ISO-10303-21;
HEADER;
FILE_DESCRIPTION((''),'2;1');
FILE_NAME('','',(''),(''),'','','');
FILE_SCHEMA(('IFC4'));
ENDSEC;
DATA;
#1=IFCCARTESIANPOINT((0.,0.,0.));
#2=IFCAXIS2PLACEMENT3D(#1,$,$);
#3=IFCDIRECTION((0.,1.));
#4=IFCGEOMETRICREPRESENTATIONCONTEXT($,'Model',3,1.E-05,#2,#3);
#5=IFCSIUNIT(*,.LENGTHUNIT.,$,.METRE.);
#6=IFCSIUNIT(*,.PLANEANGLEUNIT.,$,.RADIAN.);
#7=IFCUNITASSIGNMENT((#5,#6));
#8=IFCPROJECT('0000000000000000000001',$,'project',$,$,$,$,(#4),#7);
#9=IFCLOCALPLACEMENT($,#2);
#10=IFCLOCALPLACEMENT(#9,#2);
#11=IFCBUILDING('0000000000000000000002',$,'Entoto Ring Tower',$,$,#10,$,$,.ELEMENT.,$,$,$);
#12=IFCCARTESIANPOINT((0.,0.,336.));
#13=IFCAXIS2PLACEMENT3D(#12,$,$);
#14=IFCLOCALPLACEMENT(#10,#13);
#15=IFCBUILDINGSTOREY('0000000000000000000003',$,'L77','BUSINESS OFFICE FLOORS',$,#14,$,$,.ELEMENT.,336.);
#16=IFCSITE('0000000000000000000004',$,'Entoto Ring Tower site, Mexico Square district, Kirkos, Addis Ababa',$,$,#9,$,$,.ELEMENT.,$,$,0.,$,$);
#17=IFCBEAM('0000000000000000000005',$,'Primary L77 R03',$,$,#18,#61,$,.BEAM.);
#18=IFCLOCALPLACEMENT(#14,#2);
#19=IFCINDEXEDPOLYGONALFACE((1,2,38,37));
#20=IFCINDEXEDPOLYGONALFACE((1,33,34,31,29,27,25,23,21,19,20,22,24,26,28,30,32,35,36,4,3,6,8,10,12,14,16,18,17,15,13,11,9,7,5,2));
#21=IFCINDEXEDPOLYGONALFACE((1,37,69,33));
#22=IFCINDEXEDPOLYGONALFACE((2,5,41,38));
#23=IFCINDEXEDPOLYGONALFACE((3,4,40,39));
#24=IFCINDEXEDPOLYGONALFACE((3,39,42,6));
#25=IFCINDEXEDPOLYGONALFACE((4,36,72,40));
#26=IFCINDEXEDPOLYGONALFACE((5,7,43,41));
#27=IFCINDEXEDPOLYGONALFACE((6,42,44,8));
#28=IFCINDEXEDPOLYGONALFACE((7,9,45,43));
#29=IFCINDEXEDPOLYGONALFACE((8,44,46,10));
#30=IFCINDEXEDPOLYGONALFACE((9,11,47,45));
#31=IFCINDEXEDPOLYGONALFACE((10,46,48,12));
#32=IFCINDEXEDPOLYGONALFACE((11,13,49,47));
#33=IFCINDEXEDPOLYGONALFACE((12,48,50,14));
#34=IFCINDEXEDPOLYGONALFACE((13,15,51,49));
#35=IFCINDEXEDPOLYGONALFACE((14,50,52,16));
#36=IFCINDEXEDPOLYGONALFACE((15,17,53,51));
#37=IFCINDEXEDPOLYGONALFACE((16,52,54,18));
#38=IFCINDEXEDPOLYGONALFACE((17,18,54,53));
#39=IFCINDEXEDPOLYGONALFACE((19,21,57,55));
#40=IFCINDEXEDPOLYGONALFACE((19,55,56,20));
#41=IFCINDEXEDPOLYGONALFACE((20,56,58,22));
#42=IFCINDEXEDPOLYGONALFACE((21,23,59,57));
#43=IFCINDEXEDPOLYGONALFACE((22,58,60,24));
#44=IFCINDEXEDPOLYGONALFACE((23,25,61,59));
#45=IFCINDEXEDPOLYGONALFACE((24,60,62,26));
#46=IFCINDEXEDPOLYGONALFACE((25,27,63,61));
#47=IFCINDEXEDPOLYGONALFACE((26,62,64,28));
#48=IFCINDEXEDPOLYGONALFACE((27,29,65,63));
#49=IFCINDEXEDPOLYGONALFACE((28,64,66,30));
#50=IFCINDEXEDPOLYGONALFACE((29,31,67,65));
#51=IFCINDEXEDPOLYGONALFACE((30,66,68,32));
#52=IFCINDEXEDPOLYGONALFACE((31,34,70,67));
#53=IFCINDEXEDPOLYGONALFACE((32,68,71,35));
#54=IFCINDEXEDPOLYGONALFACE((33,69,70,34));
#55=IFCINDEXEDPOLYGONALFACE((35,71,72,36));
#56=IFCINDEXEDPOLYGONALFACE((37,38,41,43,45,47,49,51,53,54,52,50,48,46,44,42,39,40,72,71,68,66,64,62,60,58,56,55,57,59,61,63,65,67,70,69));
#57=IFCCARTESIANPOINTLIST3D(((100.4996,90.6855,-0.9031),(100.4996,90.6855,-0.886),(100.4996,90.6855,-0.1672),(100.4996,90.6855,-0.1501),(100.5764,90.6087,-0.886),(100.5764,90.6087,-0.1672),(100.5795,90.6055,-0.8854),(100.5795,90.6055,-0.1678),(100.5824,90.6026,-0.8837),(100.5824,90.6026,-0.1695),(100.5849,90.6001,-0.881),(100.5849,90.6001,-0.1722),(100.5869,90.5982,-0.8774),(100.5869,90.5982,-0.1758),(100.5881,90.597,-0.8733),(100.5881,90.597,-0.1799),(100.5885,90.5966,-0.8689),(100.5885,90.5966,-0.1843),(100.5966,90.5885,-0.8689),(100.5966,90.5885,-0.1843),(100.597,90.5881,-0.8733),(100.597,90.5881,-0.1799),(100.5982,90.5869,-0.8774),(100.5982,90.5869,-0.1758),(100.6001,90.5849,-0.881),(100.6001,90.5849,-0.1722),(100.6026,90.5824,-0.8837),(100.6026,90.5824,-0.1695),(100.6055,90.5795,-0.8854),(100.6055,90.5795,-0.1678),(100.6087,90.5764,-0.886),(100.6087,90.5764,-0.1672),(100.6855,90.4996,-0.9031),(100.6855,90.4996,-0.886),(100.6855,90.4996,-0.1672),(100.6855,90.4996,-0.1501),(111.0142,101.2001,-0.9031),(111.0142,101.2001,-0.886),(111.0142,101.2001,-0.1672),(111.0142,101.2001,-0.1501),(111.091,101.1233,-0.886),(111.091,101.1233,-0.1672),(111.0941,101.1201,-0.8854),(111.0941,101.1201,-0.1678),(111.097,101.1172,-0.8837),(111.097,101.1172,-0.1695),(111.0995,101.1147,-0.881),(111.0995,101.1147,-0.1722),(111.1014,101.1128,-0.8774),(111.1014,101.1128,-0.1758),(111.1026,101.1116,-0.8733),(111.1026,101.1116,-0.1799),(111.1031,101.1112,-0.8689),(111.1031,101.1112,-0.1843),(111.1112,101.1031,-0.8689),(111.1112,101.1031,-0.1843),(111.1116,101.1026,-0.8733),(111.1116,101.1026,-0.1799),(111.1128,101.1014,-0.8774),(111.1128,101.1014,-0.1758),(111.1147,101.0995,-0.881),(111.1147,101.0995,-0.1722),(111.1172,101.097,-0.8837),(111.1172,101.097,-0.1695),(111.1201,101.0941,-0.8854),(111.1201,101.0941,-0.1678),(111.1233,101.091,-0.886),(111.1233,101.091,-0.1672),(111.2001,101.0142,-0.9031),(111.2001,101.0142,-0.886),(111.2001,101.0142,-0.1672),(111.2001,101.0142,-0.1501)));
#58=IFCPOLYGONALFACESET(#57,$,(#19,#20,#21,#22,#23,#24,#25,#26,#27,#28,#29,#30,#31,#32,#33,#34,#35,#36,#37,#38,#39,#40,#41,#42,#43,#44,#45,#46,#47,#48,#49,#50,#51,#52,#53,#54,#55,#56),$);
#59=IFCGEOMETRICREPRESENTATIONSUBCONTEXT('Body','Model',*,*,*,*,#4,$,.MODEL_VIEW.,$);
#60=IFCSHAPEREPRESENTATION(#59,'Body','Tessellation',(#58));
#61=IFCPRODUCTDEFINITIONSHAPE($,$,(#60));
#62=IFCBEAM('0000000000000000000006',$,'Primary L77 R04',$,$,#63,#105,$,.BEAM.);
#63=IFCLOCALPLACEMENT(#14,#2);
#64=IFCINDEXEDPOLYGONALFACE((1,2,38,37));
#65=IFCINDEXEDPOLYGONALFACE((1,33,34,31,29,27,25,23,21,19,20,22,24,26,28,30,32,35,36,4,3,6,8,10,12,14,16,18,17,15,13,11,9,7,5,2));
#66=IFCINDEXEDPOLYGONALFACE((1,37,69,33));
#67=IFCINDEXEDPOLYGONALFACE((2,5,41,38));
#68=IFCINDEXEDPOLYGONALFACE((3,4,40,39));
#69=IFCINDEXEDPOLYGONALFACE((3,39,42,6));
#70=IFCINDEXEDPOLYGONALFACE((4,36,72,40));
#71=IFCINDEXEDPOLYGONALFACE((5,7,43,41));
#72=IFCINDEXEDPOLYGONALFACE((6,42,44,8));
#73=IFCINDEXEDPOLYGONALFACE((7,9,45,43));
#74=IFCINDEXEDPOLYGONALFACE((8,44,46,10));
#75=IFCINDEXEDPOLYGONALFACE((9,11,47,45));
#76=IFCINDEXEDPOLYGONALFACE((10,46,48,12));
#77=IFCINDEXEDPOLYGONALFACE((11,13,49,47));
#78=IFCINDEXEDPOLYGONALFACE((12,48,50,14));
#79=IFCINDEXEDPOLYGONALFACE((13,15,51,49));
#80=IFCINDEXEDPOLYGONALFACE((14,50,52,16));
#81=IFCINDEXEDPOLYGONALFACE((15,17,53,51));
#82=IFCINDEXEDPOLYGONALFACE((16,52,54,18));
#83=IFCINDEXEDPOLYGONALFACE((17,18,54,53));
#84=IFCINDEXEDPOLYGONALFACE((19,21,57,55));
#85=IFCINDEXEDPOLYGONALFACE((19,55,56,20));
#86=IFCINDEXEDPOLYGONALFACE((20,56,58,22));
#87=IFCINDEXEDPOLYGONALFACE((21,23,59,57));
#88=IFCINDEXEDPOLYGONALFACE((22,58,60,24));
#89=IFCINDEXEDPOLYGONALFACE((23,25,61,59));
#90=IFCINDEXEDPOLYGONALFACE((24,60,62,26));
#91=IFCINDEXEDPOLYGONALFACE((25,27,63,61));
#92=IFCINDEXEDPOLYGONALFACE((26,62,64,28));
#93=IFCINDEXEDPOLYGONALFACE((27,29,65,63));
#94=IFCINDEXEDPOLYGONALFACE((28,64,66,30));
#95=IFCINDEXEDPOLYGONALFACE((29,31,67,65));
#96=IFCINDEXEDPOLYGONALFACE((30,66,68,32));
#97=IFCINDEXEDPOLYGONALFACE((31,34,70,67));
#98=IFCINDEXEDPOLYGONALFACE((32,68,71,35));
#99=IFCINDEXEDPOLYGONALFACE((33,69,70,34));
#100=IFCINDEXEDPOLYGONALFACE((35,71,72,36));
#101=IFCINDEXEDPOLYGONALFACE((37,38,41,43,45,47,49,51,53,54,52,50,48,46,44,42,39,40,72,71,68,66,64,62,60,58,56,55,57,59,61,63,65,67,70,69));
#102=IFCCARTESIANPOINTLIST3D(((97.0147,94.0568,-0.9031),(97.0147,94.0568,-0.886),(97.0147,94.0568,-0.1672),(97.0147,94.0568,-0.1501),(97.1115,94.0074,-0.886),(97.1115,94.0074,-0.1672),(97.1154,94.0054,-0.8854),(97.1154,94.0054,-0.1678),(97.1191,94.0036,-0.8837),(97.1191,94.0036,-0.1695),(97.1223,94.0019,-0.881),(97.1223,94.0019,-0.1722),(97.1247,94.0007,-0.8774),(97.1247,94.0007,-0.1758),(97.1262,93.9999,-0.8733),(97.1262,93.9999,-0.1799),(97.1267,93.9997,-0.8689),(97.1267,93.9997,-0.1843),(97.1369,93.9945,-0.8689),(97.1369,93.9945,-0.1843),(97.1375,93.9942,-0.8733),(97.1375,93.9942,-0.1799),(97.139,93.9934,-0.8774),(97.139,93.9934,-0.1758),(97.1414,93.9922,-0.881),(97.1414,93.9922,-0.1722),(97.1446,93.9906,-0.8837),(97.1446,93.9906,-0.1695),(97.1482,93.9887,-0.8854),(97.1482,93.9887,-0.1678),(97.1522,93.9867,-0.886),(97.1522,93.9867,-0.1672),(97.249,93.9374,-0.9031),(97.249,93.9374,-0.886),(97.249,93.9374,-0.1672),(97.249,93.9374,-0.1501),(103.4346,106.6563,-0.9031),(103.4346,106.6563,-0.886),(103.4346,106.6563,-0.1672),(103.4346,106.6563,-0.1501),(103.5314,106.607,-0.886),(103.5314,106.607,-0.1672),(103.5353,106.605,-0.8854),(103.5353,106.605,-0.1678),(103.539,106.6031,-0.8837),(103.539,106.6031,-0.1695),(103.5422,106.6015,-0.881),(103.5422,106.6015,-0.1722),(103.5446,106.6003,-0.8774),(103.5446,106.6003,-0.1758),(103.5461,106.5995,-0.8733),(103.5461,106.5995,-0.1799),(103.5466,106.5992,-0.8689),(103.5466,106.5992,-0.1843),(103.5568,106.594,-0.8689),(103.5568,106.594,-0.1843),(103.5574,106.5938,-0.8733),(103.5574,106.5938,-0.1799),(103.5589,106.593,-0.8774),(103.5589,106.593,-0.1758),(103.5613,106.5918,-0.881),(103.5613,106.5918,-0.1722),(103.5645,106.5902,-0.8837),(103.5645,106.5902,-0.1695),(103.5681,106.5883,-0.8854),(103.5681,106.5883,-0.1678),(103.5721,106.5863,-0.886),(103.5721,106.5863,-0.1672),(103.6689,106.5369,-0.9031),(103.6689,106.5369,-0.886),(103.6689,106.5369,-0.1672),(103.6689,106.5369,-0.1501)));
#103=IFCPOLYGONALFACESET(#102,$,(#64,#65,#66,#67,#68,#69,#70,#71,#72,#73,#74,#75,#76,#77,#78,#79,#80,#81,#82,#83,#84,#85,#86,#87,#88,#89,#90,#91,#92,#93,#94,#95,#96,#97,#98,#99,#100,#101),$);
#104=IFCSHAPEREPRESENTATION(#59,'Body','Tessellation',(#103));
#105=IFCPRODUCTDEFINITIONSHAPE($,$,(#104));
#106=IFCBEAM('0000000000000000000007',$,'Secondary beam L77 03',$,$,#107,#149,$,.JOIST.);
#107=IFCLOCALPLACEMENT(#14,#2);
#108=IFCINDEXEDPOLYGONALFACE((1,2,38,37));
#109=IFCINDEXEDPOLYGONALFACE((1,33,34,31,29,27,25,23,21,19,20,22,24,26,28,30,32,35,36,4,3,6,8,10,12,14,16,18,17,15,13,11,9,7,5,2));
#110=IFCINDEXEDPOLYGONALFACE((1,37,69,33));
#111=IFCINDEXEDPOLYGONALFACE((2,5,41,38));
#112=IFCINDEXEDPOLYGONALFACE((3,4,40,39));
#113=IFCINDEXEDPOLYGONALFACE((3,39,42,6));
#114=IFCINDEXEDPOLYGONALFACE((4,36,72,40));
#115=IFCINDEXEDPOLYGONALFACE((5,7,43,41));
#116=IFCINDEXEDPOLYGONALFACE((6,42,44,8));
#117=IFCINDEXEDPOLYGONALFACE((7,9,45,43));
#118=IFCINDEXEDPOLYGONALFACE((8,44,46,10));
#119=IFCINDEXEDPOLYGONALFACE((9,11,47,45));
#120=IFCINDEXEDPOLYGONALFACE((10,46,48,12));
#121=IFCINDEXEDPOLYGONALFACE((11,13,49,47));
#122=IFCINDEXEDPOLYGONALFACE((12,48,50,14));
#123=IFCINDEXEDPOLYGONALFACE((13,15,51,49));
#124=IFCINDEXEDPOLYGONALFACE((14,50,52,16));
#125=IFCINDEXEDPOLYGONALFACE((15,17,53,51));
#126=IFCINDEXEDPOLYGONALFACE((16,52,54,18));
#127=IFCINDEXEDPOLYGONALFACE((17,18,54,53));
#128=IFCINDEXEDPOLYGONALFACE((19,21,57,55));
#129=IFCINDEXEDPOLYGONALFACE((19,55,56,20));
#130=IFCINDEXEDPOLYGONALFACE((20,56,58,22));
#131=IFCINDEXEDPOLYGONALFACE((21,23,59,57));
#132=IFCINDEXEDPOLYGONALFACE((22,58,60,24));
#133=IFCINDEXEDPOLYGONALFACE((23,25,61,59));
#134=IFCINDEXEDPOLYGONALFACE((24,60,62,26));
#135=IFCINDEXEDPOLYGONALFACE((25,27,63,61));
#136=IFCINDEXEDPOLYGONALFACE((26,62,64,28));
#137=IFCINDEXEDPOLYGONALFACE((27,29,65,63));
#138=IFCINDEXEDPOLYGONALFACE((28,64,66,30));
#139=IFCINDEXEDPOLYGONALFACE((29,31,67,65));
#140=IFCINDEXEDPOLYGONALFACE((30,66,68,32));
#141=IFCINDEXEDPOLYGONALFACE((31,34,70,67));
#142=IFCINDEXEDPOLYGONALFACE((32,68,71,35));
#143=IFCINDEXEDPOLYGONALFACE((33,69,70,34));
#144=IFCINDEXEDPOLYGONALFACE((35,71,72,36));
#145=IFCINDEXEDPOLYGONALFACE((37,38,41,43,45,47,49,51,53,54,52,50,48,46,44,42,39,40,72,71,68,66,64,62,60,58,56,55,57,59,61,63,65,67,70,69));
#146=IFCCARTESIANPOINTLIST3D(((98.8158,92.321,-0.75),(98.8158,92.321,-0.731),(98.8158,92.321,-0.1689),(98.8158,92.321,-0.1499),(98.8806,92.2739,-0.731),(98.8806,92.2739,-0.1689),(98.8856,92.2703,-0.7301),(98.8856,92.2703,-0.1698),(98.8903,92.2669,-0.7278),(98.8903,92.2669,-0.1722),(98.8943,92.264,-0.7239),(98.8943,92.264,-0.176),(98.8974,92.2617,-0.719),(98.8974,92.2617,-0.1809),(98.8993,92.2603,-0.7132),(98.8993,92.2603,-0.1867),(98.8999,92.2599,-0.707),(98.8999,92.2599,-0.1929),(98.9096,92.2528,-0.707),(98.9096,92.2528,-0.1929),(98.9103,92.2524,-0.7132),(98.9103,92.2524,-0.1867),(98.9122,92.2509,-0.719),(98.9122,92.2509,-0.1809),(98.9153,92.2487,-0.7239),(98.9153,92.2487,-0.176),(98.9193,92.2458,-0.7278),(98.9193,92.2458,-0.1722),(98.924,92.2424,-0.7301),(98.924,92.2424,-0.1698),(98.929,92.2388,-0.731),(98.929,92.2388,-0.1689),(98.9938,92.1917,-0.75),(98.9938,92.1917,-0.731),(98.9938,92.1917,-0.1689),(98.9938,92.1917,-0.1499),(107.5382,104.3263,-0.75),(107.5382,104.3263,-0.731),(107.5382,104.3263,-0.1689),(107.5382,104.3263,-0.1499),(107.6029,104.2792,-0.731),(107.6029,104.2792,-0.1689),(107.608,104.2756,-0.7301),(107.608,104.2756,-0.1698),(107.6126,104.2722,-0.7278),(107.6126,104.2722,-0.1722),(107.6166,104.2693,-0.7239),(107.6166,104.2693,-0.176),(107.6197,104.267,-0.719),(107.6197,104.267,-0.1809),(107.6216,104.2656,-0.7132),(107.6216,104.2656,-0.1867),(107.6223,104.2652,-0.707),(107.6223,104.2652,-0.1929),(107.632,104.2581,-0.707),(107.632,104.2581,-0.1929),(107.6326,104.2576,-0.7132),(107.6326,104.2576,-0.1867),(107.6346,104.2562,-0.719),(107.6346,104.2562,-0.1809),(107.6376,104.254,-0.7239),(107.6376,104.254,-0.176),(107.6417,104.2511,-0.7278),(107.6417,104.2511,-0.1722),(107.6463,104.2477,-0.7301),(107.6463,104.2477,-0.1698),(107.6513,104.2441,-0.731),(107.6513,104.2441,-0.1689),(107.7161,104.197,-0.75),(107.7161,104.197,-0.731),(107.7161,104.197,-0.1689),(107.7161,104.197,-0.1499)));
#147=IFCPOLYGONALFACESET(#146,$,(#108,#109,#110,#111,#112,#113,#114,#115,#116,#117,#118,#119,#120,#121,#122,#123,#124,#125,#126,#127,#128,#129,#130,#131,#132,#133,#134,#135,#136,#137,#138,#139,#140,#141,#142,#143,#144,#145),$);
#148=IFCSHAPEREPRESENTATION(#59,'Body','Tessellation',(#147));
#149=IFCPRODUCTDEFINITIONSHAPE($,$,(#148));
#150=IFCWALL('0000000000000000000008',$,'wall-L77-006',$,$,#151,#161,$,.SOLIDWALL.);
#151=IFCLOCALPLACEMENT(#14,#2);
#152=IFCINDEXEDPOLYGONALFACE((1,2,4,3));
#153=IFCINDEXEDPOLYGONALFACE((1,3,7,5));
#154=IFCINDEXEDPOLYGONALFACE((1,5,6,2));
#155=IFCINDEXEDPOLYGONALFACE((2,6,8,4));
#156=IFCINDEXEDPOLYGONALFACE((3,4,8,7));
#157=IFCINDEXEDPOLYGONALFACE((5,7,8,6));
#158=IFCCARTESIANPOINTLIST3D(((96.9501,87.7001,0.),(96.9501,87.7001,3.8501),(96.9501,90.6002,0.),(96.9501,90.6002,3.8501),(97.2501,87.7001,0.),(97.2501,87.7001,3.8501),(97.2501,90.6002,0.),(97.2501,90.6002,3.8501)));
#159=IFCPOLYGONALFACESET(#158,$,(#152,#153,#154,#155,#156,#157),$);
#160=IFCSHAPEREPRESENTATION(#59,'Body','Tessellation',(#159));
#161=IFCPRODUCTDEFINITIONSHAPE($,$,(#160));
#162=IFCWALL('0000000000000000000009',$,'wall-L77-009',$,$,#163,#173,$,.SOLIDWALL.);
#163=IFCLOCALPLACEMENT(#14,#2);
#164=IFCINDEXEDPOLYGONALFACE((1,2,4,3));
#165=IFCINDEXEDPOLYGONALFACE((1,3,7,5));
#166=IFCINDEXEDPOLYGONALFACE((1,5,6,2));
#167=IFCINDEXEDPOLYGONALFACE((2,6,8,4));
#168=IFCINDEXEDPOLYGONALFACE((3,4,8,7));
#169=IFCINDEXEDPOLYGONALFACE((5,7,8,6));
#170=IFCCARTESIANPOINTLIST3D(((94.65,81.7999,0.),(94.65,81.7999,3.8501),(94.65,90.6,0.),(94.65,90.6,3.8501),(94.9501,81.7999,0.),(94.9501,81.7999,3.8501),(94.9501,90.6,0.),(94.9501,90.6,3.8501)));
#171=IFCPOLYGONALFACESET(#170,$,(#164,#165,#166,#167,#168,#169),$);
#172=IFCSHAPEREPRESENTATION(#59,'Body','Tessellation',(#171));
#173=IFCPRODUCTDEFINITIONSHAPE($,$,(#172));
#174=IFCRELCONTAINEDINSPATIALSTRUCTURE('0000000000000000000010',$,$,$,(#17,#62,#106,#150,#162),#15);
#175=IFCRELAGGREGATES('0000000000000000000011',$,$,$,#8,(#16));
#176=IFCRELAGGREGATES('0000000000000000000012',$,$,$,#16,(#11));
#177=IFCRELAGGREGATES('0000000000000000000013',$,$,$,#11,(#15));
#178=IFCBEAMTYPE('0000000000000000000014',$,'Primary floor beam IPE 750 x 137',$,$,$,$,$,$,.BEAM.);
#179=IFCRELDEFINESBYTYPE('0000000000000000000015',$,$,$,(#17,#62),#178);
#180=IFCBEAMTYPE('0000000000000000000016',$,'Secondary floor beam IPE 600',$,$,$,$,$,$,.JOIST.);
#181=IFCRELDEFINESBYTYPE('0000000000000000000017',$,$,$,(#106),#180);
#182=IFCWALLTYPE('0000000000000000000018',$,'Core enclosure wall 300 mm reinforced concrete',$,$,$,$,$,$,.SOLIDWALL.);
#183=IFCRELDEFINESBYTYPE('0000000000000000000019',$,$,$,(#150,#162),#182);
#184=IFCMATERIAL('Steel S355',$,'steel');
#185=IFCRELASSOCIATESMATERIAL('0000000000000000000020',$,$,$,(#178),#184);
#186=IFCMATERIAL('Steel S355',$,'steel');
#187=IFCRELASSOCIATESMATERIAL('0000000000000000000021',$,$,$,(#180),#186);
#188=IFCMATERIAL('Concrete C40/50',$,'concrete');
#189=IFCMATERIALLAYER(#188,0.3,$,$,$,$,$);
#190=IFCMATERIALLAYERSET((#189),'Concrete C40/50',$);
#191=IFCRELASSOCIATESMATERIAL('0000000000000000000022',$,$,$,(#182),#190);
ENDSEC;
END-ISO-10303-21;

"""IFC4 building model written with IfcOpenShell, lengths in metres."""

from ifc_helpers import new_model, si_unit, direction, frame, frame_2d, origin, origin_2d, place, context, subcontext, project, spatial, rectangle, i_section, extrude, material, layer, layer_set, material_profile, profile_set, type_object, element, save


model = new_model("IFC4")

# Units and contexts
model_context = context("Model", 3, precision=1e-05, world=origin(), true_north=direction((0.0, 1.0)))
body_context = subcontext(model_context, "Body", "Model", "MODEL_VIEW")
ifc_project = project(units=[si_unit("LENGTHUNIT", "METRE"), si_unit("PLANEANGLEUNIT", "RADIAN")], contexts=[model_context])

# Site, building, storey
site_placement = place(None, origin())
site = spatial("IfcSite", under=ifc_project, at=site_placement, Name="Entoto Ring Tower site, Mexico Square district, Kirkos, Addis Ababa", CompositionType="ELEMENT", RefElevation=0.0)
building_placement = place(site_placement, origin())
building = spatial("IfcBuilding", under=site, at=building_placement, Name="Entoto Ring Tower", CompositionType="ELEMENT")
storey_placement = place(building_placement, frame((0.0, 0.0, 336.0)))
storey = spatial("IfcBuildingStorey", under=building, at=storey_placement, Name="L77", Description="BUSINESS OFFICE FLOORS", CompositionType="ELEMENT", Elevation=336.0)

# Beams
ifc_material_1 = material(Name="Steel S355", Category="steel")
ifc_material_profile_1 = material_profile(ifc_material_1, i_section(OverallWidth=0.2629, OverallDepth=0.7529, WebThickness=0.0115, FlangeThickness=0.0171, FilletRadius=0.0171, at=origin_2d()), Name="IPE 750 x 137")
ifc_profile_set_1 = profile_set([ifc_material_profile_1], Name="Steel S355")
beam_type_1 = type_object("IfcBeamType", Name="Primary floor beam IPE 750 x 137", PredefinedType="BEAM", material=ifc_profile_set_1)
beam_1_placement = place(storey_placement, frame((100.5925, 90.5925, -0.5266), z_axis=(0.707107, 0.707107, 0.0), x_axis=(-0.707107, 0.707107, 0.0)))
element("IfcBeam", 1, at=beam_1_placement, inside=storey, type_object=beam_type_1, Name="Primary L77 R03", PredefinedType="BEAM", context=body_context, shape_type="SweptSolid", body=[
    extrude(i_section(OverallWidth=0.2629, OverallDepth=0.7529, WebThickness=0.0115, FlangeThickness=0.0171, FilletRadius=0.0171, at=origin_2d()), origin(), (0.0, 0.0, 1.0), 14.8699),
])
beam_2_placement = place(storey_placement, frame((97.1318, 93.9971, -0.5266), z_axis=(0.453996, 0.891004, 0.0), x_axis=(-0.891004, 0.453996, 0.0)))
element("IfcBeam", 2, at=beam_2_placement, inside=storey, type_object=beam_type_1, Name="Primary L77 R04", PredefinedType="BEAM", context=body_context, shape_type="SweptSolid", body=[
    extrude(i_section(OverallWidth=0.2629, OverallDepth=0.7529, WebThickness=0.0115, FlangeThickness=0.0171, FilletRadius=0.0171, at=origin_2d()), origin(), (0.0, 0.0, 1.0), 14.1409),
])
ifc_material_2 = material(Name="Steel S355", Category="steel")
ifc_material_profile_2 = material_profile(ifc_material_2, i_section(OverallWidth=0.22, OverallDepth=0.6001, WebThickness=0.012, FlangeThickness=0.019, FilletRadius=0.0239, at=origin_2d()), Name="IPE 600")
ifc_profile_set_2 = profile_set([ifc_material_profile_2], Name="Steel S355")
beam_type_2 = type_object("IfcBeamType", Name="Secondary floor beam IPE 600", PredefinedType="JOIST", material=ifc_profile_set_2)
beam_3_placement = place(storey_placement, frame((98.9048, 92.2563, -0.45), z_axis=(0.587785, 0.809017, 0.0), x_axis=(-0.809017, 0.587785, 0.0)))
element("IfcBeam", 3, at=beam_3_placement, inside=storey, type_object=beam_type_2, Name="Secondary beam L77 03", PredefinedType="JOIST", context=body_context, shape_type="SweptSolid", body=[
    extrude(i_section(OverallWidth=0.22, OverallDepth=0.6001, WebThickness=0.012, FlangeThickness=0.019, FilletRadius=0.0239, at=origin_2d()), origin(), (0.0, 0.0, 1.0), 14.8394),
])

# Walls
ifc_material_3 = material(Name="Concrete C40/50", Category="concrete")
ifc_layer_1 = layer(ifc_material_3, 0.3)
ifc_layer_set_1 = layer_set([ifc_layer_1], Name="Concrete C40/50")
wall_type = type_object("IfcWallType", Name="Core enclosure wall 300 mm reinforced concrete", PredefinedType="SOLIDWALL", material=ifc_layer_set_1)
wall_1_placement = place(storey_placement, frame((97.1001, 87.7, 0.0), z_axis=(0.0, 0.0, 1.0), x_axis=(0.0, 1.0, 0.0)))
element("IfcWall", 4, at=wall_1_placement, inside=storey, type_object=wall_type, Name="wall-L77-006", PredefinedType="SOLIDWALL", context=body_context, shape_type="SweptSolid", body=[
    extrude(rectangle(XDim=2.9001, YDim=0.3, at=frame_2d((1.4502, 0.0))), origin(), (0.0, 0.0, 1.0), 3.8501),
])
wall_2_placement = place(storey_placement, frame((94.8, 81.8, 0.0), z_axis=(0.0, 0.0, 1.0), x_axis=(0.0, 1.0, 0.0)))
element("IfcWall", 5, at=wall_2_placement, inside=storey, type_object=wall_type, Name="wall-L77-009", PredefinedType="SOLIDWALL", context=body_context, shape_type="SweptSolid", body=[
    extrude(rectangle(XDim=8.8, YDim=0.3, at=frame_2d((4.3999, 0.0))), origin(), (0.0, 0.0, 1.0), 3.8501),
])

save(model, "model.ifc")
